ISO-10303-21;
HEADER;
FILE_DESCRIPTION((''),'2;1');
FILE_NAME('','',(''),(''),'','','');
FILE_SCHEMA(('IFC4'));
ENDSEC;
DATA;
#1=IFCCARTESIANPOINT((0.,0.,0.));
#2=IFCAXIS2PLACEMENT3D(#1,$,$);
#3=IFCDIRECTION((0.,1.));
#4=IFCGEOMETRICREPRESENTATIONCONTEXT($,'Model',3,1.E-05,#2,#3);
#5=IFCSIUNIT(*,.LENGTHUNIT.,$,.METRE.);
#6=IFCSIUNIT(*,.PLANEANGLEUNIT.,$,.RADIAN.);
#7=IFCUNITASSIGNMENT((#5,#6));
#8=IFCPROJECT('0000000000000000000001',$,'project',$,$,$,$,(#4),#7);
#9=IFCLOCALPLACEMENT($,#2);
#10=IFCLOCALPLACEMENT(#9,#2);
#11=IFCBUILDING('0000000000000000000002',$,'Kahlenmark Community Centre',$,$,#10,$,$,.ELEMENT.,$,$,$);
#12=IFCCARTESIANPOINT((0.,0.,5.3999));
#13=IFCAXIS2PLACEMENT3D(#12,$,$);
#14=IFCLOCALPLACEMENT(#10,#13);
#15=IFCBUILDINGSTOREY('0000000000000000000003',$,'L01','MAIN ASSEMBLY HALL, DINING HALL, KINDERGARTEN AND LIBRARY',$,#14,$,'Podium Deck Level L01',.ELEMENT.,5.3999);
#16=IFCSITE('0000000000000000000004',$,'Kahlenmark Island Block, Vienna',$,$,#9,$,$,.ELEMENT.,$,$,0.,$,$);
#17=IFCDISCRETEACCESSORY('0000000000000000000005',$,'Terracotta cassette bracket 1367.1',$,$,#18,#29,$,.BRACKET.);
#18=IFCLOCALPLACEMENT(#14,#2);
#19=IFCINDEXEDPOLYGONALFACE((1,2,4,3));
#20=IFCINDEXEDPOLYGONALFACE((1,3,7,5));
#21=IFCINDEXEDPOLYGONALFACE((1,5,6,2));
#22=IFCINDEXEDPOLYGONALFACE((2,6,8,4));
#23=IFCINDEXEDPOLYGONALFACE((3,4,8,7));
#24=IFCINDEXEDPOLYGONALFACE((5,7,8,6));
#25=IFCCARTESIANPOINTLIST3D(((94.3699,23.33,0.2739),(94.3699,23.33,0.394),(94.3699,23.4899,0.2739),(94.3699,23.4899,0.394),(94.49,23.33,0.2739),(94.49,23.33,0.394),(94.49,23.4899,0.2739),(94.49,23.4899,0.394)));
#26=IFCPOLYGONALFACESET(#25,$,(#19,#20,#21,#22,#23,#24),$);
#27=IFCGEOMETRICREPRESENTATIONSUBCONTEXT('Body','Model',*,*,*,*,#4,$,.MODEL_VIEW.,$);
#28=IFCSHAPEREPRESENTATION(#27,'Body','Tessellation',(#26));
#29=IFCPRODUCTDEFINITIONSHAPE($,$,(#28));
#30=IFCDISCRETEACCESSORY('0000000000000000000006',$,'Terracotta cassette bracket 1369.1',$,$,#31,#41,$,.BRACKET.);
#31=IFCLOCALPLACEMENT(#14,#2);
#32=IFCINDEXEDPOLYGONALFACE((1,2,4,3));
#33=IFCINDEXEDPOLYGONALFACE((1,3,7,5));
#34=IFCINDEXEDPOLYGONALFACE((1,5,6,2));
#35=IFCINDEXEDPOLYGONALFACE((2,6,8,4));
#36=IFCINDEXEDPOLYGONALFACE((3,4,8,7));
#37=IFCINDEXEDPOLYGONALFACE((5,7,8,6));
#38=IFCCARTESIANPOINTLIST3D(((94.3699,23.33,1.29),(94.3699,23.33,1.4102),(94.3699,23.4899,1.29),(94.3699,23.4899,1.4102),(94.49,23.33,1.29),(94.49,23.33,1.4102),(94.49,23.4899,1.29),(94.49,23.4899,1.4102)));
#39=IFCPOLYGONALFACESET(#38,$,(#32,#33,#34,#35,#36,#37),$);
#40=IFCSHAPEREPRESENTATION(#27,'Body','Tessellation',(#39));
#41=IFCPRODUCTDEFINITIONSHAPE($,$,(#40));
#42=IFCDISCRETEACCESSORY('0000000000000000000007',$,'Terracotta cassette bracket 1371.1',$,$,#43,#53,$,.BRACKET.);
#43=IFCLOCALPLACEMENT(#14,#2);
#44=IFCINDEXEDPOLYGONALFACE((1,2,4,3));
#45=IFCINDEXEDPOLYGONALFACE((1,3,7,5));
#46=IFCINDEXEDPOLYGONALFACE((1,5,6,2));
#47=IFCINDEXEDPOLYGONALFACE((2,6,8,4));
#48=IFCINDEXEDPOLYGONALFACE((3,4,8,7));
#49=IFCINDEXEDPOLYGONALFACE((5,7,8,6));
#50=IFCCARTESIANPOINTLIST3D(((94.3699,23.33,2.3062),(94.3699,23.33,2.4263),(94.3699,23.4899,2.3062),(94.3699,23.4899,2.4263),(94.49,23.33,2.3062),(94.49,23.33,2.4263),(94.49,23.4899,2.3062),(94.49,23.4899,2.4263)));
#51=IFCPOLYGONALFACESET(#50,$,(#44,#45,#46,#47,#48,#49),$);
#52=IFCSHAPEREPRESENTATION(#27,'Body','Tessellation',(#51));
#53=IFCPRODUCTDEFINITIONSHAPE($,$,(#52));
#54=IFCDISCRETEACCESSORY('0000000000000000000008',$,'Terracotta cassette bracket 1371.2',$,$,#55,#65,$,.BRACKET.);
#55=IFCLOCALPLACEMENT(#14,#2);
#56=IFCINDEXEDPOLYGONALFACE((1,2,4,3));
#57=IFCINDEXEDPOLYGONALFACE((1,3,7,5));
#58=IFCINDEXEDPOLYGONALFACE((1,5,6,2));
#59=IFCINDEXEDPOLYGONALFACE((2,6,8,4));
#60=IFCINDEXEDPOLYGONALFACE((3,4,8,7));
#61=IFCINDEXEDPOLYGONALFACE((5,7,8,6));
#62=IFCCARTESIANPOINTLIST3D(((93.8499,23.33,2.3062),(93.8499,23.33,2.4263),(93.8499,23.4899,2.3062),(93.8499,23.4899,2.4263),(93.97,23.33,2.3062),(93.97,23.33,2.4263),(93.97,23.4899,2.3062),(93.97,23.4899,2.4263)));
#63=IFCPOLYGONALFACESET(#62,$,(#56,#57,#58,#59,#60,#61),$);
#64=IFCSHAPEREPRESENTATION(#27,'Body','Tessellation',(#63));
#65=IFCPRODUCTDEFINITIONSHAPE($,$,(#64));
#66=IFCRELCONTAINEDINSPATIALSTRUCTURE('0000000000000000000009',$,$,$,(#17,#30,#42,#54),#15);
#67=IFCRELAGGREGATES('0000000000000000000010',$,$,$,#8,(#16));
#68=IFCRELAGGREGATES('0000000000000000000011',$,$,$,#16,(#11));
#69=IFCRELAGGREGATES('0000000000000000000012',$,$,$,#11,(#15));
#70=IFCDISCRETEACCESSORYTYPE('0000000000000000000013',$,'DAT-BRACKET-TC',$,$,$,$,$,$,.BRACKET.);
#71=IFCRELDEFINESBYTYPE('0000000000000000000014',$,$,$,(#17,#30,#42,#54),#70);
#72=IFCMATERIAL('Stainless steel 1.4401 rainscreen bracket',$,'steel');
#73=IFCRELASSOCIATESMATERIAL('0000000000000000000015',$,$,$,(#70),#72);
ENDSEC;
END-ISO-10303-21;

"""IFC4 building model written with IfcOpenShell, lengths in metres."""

from ifc_helpers import new_model, si_unit, direction, frame, origin, origin_2d, place, context, subcontext, project, spatial, rectangle, extrude, material, type_object, element, save


model = new_model("IFC4")

# Units and contexts
model_context = context("Model", 3, precision=1e-05, world=origin(), true_north=direction((0.0, 1.0)))
body_context = subcontext(model_context, "Body", "Model", "MODEL_VIEW")
ifc_project = project(units=[si_unit("LENGTHUNIT", "METRE"), si_unit("PLANEANGLEUNIT", "RADIAN")], contexts=[model_context])

# Site, building, storey
site_placement = place(None, origin())
site = spatial("IfcSite", under=ifc_project, at=site_placement, Name="Kahlenmark Island Block, Vienna", CompositionType="ELEMENT", RefElevation=0.0)
building_placement = place(site_placement, origin())
building = spatial("IfcBuilding", under=site, at=building_placement, Name="Kahlenmark Community Centre", CompositionType="ELEMENT")
storey_placement = place(building_placement, frame((0.0, 0.0, 5.3999)))
storey = spatial("IfcBuildingStorey", under=building, at=storey_placement, Name="L01", Description="MAIN ASSEMBLY HALL, DINING HALL, KINDERGARTEN AND LIBRARY", LongName="Podium Deck Level L01", CompositionType="ELEMENT", Elevation=5.3999)

# Discrete accessories
ifc_material_1 = material(Name="Stainless steel 1.4401 rainscreen bracket", Category="steel")
discrete_accessory_type = type_object("IfcDiscreteAccessoryType", Name="DAT-BRACKET-TC", PredefinedType="BRACKET", material=ifc_material_1)
for number, where, z_axis, x_axis, name in (
    (1, (94.4299, 23.4099, 0.2739), (0.0, 0.0, 1.0), (-1.0, 0.0, 0.0), "Terracotta cassette bracket 1367.1"),
    (2, (94.4299, 23.4099, 1.29), (0.0, 0.0, 1.0), (-1.0, 0.0, 0.0), "Terracotta cassette bracket 1369.1"),
    (3, (94.4299, 23.4099, 2.3062), (0.0, 0.0, 1.0), (-1.0, 0.0, 0.0), "Terracotta cassette bracket 1371.1"),
    (4, (93.9099, 23.4099, 2.3062), (0.0, 0.0, 1.0), (-1.0, 0.0, 0.0), "Terracotta cassette bracket 1371.2"),
):
    element("IfcDiscreteAccessory", number, at=place(storey_placement, frame(where, z_axis=z_axis, x_axis=x_axis)), inside=storey, type_object=discrete_accessory_type, Name=name, PredefinedType="BRACKET", context=body_context, shape_type="SweptSolid", body=[
        extrude(rectangle(XDim=0.1201, YDim=0.1599, at=origin_2d()), origin(), (0.0, 0.0, 1.0), 0.1201),
    ])

save(model, "model.ifc")
